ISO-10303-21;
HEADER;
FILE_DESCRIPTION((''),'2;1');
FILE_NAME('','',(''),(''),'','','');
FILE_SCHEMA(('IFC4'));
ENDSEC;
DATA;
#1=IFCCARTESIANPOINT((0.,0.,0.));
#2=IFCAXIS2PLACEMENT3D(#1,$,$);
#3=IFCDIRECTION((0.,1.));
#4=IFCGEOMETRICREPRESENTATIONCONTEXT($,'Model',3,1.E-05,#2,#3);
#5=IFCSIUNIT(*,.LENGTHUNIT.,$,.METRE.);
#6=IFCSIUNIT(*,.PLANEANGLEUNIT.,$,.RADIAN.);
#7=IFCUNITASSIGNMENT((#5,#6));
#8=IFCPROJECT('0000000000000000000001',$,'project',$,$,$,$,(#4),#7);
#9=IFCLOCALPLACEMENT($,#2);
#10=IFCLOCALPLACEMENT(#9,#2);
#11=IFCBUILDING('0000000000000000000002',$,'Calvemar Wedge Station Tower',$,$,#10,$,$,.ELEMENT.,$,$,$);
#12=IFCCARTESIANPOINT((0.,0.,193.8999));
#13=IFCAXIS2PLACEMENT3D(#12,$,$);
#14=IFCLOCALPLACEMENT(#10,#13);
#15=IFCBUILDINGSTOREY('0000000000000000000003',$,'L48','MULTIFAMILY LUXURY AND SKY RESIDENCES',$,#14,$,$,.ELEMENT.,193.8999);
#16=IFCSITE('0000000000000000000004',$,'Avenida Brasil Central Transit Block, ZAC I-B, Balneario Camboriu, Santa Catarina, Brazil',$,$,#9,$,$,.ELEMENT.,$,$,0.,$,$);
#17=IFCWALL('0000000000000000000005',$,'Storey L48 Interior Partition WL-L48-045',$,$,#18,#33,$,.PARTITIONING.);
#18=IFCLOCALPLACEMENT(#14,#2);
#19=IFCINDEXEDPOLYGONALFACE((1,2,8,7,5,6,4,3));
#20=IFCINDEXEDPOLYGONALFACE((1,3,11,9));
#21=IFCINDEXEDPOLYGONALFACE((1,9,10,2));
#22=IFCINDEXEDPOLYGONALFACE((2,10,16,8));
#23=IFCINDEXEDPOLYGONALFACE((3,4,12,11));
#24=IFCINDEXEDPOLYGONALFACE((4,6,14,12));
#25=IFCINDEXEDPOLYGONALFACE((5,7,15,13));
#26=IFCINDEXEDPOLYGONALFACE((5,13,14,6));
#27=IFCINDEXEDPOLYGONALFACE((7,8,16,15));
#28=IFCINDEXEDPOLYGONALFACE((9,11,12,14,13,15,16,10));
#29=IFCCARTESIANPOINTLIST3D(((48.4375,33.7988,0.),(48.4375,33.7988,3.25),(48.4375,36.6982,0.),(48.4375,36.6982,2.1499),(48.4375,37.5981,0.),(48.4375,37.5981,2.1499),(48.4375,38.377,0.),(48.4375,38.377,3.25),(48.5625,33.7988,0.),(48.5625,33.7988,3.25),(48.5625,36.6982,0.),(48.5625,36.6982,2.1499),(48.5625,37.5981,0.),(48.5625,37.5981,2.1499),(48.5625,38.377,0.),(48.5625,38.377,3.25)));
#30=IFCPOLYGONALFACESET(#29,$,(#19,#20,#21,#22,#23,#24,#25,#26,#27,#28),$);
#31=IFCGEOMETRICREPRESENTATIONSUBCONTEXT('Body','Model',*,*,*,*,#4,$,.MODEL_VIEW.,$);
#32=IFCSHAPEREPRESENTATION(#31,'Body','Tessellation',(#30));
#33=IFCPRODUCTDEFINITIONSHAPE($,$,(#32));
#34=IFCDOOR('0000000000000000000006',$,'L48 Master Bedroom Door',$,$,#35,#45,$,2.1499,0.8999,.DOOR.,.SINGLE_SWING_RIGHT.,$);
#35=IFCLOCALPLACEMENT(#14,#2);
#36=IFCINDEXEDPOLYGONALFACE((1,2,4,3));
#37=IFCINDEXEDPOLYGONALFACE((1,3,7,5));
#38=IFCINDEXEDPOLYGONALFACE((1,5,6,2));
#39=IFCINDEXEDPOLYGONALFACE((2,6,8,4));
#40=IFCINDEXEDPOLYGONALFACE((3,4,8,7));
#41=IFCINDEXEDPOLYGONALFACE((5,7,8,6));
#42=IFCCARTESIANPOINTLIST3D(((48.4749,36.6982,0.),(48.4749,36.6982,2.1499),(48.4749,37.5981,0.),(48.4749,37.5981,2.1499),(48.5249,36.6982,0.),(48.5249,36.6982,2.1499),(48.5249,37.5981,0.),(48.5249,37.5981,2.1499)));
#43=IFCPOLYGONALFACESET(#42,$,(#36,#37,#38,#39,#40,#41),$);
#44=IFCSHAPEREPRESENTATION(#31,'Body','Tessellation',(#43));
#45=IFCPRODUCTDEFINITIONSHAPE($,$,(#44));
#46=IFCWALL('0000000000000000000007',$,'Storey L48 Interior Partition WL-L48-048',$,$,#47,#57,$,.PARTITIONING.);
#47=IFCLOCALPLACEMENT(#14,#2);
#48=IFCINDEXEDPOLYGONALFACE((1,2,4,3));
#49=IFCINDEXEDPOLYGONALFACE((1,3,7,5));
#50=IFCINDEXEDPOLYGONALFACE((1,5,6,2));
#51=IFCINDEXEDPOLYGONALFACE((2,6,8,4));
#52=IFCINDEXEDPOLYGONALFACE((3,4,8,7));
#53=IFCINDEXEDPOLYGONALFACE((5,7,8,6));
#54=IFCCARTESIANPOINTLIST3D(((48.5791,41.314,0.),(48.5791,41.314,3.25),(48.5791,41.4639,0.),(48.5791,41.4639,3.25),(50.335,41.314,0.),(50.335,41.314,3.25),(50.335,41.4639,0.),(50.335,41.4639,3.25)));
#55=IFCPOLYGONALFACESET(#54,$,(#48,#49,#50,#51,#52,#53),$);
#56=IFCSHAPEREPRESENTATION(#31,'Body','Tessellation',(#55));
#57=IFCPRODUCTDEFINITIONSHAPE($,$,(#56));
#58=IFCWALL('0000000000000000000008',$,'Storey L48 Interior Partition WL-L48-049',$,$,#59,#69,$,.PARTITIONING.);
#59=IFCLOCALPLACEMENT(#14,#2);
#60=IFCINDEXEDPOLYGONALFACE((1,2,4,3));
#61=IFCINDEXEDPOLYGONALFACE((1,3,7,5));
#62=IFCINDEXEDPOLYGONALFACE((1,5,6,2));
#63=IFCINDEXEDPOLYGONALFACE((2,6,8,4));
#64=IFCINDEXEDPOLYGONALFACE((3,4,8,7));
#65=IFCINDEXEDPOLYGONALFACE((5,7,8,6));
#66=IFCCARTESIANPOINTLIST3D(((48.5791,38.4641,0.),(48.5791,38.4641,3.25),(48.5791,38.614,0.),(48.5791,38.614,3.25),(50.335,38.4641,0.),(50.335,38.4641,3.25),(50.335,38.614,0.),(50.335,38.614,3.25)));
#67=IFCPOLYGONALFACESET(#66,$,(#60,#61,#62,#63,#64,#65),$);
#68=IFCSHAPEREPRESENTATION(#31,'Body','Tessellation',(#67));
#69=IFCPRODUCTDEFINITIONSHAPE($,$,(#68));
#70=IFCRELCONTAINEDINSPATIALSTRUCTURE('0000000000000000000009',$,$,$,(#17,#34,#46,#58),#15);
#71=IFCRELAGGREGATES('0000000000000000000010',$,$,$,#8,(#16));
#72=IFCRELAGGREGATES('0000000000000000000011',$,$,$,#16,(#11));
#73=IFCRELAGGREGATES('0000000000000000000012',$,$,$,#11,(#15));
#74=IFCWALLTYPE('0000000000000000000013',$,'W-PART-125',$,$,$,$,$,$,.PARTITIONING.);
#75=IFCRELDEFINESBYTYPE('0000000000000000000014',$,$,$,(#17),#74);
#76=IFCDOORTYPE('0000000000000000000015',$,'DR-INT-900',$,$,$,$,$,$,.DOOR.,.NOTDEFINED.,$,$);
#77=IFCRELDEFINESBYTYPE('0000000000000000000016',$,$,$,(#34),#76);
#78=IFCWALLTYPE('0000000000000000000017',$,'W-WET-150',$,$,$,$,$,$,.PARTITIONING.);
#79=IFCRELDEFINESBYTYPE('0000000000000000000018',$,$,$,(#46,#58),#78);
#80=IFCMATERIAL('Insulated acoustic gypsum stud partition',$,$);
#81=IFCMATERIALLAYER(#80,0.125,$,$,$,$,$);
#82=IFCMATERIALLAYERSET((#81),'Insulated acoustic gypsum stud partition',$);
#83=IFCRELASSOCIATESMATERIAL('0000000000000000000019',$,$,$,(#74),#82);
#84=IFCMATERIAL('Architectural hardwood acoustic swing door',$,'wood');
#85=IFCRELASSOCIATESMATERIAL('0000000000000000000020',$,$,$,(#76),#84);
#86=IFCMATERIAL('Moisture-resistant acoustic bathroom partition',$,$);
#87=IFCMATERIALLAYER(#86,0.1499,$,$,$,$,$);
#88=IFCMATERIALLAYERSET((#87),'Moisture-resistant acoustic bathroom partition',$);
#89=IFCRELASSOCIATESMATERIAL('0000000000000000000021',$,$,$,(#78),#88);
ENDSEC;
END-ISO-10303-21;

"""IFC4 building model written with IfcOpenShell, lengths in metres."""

from ifc_helpers import new_model, si_unit, direction, frame, frame_2d, origin, place, context, subcontext, project, spatial, rectangle, extrude, source, transform, mapped, material, layer, layer_set, type_object, element, fill, save


model = new_model("IFC4")

# Units and contexts
model_context = context("Model", 3, precision=1e-05, world=origin(), true_north=direction((0.0, 1.0)))
body_context = subcontext(model_context, "Body", "Model", "MODEL_VIEW")
ifc_project = project(units=[si_unit("LENGTHUNIT", "METRE"), si_unit("PLANEANGLEUNIT", "RADIAN")], contexts=[model_context])

# Site, building, storey
site_placement = place(None, origin())
site = spatial("IfcSite", under=ifc_project, at=site_placement, Name="Avenida Brasil Central Transit Block, ZAC I-B, Balneario Camboriu, Santa Catarina, Brazil", CompositionType="ELEMENT", RefElevation=0.0)
building_placement = place(site_placement, origin())
building = spatial("IfcBuilding", under=site, at=building_placement, Name="Calvemar Wedge Station Tower", CompositionType="ELEMENT")
storey_placement = place(building_placement, frame((0.0, 0.0, 193.8999)))
storey = spatial("IfcBuildingStorey", under=building, at=storey_placement, Name="L48", Description="MULTIFAMILY LUXURY AND SKY RESIDENCES", CompositionType="ELEMENT", Elevation=193.8999)

# Shared definitions
ifc_material_1 = material(Name="Insulated acoustic gypsum stud partition")
ifc_layer_1 = layer(ifc_material_1, 0.125)
ifc_layer_set_1 = layer_set([ifc_layer_1], Name="Insulated acoustic gypsum stud partition")
wall_type_1 = type_object("IfcWallType", Name="W-PART-125", PredefinedType="PARTITIONING", material=ifc_layer_set_1)

# Shared definitions
shared_shape_1 = source(origin(), body_context, "Body", "SweptSolid", [
    extrude(rectangle(XDim=0.8999, YDim=2.1499, at=frame_2d((0.45, 1.075))), frame((0.0, 0.0725, 0.0), z_axis=(0.0, -1.0, 0.0), x_axis=(1.0, 0.0, 0.0)), (0.0, 0.0, 1.0), 0.145),
])
ifc_material_2 = material(Name="Architectural hardwood acoustic swing door", Category="wood")
door_type_1 = type_object("IfcDoorType", Name="DR-INT-900", OperationType="NOTDEFINED", PredefinedType="DOOR", material=ifc_material_2)
shared_shape_2 = source(origin(), body_context, "Body", "SweptSolid", [
    extrude(rectangle(XDim=0.8999, YDim=2.1499, at=frame_2d((0.45, 1.075))), frame((0.0, 0.0249, 0.0), z_axis=(0.0, -1.0, 0.0), x_axis=(1.0, 0.0, 0.0)), (0.0, 0.0, 1.0), 0.05),
])

# Wall, opening, door
wall_1_placement = place(storey_placement, frame((48.5, 38.377, 0.0), z_axis=(0.0, 0.0, 1.0), x_axis=(0.0, -1.0, 0.0)))
wall_1 = element("IfcWall", 1, at=wall_1_placement, inside=storey, type_object=wall_type_1, Name="Storey L48 Interior Partition WL-L48-045", PredefinedType="PARTITIONING", context=body_context, shape_type="SweptSolid", body=[
    extrude(rectangle(XDim=4.5781, YDim=0.125, at=frame_2d((2.2891, 0.0))), origin(), (0.0, 0.0, 1.0), 3.25),
])
opening_1_placement = place(wall_1_placement, frame((0.7788, 0.0, 0.0)))
opening_1 = element("IfcOpeningElement", 2, at=opening_1_placement, cuts=wall_1, PredefinedType="OPENING", context=body_context, shape_type="MappedRepresentation", body=[
    mapped(shared_shape_1, transform((0.0, 0.0, 0.0), scale=1.0)),
])
door_1_placement = place(opening_1_placement, origin())
door_1 = element("IfcDoor", 3, at=door_1_placement, inside=storey, type_object=door_type_1, Name="L48 Master Bedroom Door", OperationType="SINGLE_SWING_RIGHT", OverallHeight=2.1499, OverallWidth=0.8999, PredefinedType="DOOR", context=body_context, shape_type="MappedRepresentation", body=[
    mapped(shared_shape_2, transform((0.0, 0.0, 0.0), scale=1.0)),
])
fill(opening_1, door_1)
ifc_material_3 = material(Name="Moisture-resistant acoustic bathroom partition")
ifc_layer_2 = layer(ifc_material_3, 0.1499)
ifc_layer_set_2 = layer_set([ifc_layer_2], Name="Moisture-resistant acoustic bathroom partition")
wall_type_2 = type_object("IfcWallType", Name="W-WET-150", PredefinedType="PARTITIONING", material=ifc_layer_set_2)

# Walls
for number, where, z_axis, x_axis, name in (
    (4, (48.5791, 41.3889, 0.0), (0.0, 0.0, 1.0), (1.0, 0.0, 0.0), "Storey L48 Interior Partition WL-L48-048"),
    (5, (50.335, 38.5391, 0.0), (0.0, 0.0, 1.0), (-1.0, 0.0, 0.0), "Storey L48 Interior Partition WL-L48-049"),
):
    element("IfcWall", number, at=place(storey_placement, frame(where, z_axis=z_axis, x_axis=x_axis)), inside=storey, type_object=wall_type_2, Name=name, PredefinedType="PARTITIONING", context=body_context, shape_type="SweptSolid", body=[
        extrude(rectangle(XDim=1.7559, YDim=0.1499, at=frame_2d((0.8779, 0.0))), origin(), (0.0, 0.0, 1.0), 3.25),
    ])

save(model, "model.ifc")
